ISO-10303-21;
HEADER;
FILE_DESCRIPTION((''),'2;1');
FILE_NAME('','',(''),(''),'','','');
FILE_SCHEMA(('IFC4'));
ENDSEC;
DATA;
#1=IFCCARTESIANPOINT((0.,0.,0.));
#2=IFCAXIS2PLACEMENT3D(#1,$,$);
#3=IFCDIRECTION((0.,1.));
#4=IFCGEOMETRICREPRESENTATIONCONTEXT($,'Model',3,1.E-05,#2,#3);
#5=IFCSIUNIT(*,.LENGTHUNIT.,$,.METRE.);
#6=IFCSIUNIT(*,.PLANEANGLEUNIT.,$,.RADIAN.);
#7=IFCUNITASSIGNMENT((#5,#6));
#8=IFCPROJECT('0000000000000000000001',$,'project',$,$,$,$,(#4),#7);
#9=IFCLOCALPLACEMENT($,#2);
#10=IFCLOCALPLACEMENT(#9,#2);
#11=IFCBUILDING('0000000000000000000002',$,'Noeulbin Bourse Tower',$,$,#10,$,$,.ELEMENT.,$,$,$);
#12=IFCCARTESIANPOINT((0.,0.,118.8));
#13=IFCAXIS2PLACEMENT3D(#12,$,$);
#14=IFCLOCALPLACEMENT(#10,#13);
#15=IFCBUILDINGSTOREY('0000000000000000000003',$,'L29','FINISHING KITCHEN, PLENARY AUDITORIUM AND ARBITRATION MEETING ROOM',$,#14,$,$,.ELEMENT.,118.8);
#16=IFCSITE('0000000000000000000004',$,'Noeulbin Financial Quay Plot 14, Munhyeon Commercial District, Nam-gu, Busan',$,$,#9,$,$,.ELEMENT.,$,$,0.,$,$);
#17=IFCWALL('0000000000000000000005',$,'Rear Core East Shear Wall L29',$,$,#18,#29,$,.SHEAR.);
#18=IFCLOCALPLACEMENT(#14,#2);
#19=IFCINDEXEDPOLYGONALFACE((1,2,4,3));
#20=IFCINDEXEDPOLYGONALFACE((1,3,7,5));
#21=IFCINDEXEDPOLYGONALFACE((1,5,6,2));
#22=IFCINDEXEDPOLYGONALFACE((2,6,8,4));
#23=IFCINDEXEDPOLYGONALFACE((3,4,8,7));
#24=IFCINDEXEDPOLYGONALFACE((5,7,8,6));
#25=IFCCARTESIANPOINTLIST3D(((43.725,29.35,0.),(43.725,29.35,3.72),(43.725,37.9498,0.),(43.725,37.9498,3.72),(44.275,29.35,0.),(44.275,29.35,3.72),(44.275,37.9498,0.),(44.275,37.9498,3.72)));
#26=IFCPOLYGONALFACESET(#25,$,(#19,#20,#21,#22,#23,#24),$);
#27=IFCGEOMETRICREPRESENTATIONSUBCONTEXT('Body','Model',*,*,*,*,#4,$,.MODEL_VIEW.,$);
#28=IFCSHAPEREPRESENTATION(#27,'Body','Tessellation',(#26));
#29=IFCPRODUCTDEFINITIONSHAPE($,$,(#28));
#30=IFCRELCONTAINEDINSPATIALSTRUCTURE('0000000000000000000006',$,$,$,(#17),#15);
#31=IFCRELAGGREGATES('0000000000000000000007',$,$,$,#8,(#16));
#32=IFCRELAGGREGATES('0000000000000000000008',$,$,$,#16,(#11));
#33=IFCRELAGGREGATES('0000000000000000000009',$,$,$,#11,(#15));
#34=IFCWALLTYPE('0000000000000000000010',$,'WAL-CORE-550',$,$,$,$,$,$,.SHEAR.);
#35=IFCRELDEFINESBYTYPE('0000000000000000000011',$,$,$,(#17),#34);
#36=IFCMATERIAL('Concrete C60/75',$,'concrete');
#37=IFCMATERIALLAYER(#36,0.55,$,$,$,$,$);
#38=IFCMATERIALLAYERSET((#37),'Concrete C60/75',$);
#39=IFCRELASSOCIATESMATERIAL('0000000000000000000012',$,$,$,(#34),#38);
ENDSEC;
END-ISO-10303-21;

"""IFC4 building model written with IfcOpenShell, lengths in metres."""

from ifc_helpers import new_model, si_unit, direction, frame, frame_2d, origin, place, context, subcontext, project, spatial, rectangle, extrude, material, layer, layer_set, type_object, element, save


model = new_model("IFC4")

# Units and contexts
model_context = context("Model", 3, precision=1e-05, world=origin(), true_north=direction((0.0, 1.0)))
body_context = subcontext(model_context, "Body", "Model", "MODEL_VIEW")
ifc_project = project(units=[si_unit("LENGTHUNIT", "METRE"), si_unit("PLANEANGLEUNIT", "RADIAN")], contexts=[model_context])

# Site, building, storey
site_placement = place(None, origin())
site = spatial("IfcSite", under=ifc_project, at=site_placement, Name="Noeulbin Financial Quay Plot 14, Munhyeon Commercial District, Nam-gu, Busan", CompositionType="ELEMENT", RefElevation=0.0)
building_placement = place(site_placement, origin())
building = spatial("IfcBuilding", under=site, at=building_placement, Name="Noeulbin Bourse Tower", CompositionType="ELEMENT")
storey_placement = place(building_placement, frame((0.0, 0.0, 118.8)))
storey = spatial("IfcBuildingStorey", under=building, at=storey_placement, Name="L29", Description="FINISHING KITCHEN, PLENARY AUDITORIUM AND ARBITRATION MEETING ROOM", CompositionType="ELEMENT", Elevation=118.8)

# Wall
ifc_material_1 = material(Name="Concrete C60/75", Category="concrete")
ifc_layer_1 = layer(ifc_material_1, 0.55)
ifc_layer_set_1 = layer_set([ifc_layer_1], Name="Concrete C60/75")
wall_type = type_object("IfcWallType", Name="WAL-CORE-550", PredefinedType="SHEAR", material=ifc_layer_set_1)
wall_placement = place(storey_placement, frame((44.0, 29.3501, 0.0), z_axis=(0.0, 0.0, 1.0), x_axis=(0.0, 1.0, 0.0)))
element("IfcWall", 1, at=wall_placement, inside=storey, type_object=wall_type, Name="Rear Core East Shear Wall L29", PredefinedType="SHEAR", context=body_context, shape_type="SweptSolid", body=[
    extrude(rectangle(XDim=8.5999, YDim=0.55, at=frame_2d((4.2998, 0.0))), origin(), (0.0, 0.0, 1.0), 3.72),
])

save(model, "model.ifc")
